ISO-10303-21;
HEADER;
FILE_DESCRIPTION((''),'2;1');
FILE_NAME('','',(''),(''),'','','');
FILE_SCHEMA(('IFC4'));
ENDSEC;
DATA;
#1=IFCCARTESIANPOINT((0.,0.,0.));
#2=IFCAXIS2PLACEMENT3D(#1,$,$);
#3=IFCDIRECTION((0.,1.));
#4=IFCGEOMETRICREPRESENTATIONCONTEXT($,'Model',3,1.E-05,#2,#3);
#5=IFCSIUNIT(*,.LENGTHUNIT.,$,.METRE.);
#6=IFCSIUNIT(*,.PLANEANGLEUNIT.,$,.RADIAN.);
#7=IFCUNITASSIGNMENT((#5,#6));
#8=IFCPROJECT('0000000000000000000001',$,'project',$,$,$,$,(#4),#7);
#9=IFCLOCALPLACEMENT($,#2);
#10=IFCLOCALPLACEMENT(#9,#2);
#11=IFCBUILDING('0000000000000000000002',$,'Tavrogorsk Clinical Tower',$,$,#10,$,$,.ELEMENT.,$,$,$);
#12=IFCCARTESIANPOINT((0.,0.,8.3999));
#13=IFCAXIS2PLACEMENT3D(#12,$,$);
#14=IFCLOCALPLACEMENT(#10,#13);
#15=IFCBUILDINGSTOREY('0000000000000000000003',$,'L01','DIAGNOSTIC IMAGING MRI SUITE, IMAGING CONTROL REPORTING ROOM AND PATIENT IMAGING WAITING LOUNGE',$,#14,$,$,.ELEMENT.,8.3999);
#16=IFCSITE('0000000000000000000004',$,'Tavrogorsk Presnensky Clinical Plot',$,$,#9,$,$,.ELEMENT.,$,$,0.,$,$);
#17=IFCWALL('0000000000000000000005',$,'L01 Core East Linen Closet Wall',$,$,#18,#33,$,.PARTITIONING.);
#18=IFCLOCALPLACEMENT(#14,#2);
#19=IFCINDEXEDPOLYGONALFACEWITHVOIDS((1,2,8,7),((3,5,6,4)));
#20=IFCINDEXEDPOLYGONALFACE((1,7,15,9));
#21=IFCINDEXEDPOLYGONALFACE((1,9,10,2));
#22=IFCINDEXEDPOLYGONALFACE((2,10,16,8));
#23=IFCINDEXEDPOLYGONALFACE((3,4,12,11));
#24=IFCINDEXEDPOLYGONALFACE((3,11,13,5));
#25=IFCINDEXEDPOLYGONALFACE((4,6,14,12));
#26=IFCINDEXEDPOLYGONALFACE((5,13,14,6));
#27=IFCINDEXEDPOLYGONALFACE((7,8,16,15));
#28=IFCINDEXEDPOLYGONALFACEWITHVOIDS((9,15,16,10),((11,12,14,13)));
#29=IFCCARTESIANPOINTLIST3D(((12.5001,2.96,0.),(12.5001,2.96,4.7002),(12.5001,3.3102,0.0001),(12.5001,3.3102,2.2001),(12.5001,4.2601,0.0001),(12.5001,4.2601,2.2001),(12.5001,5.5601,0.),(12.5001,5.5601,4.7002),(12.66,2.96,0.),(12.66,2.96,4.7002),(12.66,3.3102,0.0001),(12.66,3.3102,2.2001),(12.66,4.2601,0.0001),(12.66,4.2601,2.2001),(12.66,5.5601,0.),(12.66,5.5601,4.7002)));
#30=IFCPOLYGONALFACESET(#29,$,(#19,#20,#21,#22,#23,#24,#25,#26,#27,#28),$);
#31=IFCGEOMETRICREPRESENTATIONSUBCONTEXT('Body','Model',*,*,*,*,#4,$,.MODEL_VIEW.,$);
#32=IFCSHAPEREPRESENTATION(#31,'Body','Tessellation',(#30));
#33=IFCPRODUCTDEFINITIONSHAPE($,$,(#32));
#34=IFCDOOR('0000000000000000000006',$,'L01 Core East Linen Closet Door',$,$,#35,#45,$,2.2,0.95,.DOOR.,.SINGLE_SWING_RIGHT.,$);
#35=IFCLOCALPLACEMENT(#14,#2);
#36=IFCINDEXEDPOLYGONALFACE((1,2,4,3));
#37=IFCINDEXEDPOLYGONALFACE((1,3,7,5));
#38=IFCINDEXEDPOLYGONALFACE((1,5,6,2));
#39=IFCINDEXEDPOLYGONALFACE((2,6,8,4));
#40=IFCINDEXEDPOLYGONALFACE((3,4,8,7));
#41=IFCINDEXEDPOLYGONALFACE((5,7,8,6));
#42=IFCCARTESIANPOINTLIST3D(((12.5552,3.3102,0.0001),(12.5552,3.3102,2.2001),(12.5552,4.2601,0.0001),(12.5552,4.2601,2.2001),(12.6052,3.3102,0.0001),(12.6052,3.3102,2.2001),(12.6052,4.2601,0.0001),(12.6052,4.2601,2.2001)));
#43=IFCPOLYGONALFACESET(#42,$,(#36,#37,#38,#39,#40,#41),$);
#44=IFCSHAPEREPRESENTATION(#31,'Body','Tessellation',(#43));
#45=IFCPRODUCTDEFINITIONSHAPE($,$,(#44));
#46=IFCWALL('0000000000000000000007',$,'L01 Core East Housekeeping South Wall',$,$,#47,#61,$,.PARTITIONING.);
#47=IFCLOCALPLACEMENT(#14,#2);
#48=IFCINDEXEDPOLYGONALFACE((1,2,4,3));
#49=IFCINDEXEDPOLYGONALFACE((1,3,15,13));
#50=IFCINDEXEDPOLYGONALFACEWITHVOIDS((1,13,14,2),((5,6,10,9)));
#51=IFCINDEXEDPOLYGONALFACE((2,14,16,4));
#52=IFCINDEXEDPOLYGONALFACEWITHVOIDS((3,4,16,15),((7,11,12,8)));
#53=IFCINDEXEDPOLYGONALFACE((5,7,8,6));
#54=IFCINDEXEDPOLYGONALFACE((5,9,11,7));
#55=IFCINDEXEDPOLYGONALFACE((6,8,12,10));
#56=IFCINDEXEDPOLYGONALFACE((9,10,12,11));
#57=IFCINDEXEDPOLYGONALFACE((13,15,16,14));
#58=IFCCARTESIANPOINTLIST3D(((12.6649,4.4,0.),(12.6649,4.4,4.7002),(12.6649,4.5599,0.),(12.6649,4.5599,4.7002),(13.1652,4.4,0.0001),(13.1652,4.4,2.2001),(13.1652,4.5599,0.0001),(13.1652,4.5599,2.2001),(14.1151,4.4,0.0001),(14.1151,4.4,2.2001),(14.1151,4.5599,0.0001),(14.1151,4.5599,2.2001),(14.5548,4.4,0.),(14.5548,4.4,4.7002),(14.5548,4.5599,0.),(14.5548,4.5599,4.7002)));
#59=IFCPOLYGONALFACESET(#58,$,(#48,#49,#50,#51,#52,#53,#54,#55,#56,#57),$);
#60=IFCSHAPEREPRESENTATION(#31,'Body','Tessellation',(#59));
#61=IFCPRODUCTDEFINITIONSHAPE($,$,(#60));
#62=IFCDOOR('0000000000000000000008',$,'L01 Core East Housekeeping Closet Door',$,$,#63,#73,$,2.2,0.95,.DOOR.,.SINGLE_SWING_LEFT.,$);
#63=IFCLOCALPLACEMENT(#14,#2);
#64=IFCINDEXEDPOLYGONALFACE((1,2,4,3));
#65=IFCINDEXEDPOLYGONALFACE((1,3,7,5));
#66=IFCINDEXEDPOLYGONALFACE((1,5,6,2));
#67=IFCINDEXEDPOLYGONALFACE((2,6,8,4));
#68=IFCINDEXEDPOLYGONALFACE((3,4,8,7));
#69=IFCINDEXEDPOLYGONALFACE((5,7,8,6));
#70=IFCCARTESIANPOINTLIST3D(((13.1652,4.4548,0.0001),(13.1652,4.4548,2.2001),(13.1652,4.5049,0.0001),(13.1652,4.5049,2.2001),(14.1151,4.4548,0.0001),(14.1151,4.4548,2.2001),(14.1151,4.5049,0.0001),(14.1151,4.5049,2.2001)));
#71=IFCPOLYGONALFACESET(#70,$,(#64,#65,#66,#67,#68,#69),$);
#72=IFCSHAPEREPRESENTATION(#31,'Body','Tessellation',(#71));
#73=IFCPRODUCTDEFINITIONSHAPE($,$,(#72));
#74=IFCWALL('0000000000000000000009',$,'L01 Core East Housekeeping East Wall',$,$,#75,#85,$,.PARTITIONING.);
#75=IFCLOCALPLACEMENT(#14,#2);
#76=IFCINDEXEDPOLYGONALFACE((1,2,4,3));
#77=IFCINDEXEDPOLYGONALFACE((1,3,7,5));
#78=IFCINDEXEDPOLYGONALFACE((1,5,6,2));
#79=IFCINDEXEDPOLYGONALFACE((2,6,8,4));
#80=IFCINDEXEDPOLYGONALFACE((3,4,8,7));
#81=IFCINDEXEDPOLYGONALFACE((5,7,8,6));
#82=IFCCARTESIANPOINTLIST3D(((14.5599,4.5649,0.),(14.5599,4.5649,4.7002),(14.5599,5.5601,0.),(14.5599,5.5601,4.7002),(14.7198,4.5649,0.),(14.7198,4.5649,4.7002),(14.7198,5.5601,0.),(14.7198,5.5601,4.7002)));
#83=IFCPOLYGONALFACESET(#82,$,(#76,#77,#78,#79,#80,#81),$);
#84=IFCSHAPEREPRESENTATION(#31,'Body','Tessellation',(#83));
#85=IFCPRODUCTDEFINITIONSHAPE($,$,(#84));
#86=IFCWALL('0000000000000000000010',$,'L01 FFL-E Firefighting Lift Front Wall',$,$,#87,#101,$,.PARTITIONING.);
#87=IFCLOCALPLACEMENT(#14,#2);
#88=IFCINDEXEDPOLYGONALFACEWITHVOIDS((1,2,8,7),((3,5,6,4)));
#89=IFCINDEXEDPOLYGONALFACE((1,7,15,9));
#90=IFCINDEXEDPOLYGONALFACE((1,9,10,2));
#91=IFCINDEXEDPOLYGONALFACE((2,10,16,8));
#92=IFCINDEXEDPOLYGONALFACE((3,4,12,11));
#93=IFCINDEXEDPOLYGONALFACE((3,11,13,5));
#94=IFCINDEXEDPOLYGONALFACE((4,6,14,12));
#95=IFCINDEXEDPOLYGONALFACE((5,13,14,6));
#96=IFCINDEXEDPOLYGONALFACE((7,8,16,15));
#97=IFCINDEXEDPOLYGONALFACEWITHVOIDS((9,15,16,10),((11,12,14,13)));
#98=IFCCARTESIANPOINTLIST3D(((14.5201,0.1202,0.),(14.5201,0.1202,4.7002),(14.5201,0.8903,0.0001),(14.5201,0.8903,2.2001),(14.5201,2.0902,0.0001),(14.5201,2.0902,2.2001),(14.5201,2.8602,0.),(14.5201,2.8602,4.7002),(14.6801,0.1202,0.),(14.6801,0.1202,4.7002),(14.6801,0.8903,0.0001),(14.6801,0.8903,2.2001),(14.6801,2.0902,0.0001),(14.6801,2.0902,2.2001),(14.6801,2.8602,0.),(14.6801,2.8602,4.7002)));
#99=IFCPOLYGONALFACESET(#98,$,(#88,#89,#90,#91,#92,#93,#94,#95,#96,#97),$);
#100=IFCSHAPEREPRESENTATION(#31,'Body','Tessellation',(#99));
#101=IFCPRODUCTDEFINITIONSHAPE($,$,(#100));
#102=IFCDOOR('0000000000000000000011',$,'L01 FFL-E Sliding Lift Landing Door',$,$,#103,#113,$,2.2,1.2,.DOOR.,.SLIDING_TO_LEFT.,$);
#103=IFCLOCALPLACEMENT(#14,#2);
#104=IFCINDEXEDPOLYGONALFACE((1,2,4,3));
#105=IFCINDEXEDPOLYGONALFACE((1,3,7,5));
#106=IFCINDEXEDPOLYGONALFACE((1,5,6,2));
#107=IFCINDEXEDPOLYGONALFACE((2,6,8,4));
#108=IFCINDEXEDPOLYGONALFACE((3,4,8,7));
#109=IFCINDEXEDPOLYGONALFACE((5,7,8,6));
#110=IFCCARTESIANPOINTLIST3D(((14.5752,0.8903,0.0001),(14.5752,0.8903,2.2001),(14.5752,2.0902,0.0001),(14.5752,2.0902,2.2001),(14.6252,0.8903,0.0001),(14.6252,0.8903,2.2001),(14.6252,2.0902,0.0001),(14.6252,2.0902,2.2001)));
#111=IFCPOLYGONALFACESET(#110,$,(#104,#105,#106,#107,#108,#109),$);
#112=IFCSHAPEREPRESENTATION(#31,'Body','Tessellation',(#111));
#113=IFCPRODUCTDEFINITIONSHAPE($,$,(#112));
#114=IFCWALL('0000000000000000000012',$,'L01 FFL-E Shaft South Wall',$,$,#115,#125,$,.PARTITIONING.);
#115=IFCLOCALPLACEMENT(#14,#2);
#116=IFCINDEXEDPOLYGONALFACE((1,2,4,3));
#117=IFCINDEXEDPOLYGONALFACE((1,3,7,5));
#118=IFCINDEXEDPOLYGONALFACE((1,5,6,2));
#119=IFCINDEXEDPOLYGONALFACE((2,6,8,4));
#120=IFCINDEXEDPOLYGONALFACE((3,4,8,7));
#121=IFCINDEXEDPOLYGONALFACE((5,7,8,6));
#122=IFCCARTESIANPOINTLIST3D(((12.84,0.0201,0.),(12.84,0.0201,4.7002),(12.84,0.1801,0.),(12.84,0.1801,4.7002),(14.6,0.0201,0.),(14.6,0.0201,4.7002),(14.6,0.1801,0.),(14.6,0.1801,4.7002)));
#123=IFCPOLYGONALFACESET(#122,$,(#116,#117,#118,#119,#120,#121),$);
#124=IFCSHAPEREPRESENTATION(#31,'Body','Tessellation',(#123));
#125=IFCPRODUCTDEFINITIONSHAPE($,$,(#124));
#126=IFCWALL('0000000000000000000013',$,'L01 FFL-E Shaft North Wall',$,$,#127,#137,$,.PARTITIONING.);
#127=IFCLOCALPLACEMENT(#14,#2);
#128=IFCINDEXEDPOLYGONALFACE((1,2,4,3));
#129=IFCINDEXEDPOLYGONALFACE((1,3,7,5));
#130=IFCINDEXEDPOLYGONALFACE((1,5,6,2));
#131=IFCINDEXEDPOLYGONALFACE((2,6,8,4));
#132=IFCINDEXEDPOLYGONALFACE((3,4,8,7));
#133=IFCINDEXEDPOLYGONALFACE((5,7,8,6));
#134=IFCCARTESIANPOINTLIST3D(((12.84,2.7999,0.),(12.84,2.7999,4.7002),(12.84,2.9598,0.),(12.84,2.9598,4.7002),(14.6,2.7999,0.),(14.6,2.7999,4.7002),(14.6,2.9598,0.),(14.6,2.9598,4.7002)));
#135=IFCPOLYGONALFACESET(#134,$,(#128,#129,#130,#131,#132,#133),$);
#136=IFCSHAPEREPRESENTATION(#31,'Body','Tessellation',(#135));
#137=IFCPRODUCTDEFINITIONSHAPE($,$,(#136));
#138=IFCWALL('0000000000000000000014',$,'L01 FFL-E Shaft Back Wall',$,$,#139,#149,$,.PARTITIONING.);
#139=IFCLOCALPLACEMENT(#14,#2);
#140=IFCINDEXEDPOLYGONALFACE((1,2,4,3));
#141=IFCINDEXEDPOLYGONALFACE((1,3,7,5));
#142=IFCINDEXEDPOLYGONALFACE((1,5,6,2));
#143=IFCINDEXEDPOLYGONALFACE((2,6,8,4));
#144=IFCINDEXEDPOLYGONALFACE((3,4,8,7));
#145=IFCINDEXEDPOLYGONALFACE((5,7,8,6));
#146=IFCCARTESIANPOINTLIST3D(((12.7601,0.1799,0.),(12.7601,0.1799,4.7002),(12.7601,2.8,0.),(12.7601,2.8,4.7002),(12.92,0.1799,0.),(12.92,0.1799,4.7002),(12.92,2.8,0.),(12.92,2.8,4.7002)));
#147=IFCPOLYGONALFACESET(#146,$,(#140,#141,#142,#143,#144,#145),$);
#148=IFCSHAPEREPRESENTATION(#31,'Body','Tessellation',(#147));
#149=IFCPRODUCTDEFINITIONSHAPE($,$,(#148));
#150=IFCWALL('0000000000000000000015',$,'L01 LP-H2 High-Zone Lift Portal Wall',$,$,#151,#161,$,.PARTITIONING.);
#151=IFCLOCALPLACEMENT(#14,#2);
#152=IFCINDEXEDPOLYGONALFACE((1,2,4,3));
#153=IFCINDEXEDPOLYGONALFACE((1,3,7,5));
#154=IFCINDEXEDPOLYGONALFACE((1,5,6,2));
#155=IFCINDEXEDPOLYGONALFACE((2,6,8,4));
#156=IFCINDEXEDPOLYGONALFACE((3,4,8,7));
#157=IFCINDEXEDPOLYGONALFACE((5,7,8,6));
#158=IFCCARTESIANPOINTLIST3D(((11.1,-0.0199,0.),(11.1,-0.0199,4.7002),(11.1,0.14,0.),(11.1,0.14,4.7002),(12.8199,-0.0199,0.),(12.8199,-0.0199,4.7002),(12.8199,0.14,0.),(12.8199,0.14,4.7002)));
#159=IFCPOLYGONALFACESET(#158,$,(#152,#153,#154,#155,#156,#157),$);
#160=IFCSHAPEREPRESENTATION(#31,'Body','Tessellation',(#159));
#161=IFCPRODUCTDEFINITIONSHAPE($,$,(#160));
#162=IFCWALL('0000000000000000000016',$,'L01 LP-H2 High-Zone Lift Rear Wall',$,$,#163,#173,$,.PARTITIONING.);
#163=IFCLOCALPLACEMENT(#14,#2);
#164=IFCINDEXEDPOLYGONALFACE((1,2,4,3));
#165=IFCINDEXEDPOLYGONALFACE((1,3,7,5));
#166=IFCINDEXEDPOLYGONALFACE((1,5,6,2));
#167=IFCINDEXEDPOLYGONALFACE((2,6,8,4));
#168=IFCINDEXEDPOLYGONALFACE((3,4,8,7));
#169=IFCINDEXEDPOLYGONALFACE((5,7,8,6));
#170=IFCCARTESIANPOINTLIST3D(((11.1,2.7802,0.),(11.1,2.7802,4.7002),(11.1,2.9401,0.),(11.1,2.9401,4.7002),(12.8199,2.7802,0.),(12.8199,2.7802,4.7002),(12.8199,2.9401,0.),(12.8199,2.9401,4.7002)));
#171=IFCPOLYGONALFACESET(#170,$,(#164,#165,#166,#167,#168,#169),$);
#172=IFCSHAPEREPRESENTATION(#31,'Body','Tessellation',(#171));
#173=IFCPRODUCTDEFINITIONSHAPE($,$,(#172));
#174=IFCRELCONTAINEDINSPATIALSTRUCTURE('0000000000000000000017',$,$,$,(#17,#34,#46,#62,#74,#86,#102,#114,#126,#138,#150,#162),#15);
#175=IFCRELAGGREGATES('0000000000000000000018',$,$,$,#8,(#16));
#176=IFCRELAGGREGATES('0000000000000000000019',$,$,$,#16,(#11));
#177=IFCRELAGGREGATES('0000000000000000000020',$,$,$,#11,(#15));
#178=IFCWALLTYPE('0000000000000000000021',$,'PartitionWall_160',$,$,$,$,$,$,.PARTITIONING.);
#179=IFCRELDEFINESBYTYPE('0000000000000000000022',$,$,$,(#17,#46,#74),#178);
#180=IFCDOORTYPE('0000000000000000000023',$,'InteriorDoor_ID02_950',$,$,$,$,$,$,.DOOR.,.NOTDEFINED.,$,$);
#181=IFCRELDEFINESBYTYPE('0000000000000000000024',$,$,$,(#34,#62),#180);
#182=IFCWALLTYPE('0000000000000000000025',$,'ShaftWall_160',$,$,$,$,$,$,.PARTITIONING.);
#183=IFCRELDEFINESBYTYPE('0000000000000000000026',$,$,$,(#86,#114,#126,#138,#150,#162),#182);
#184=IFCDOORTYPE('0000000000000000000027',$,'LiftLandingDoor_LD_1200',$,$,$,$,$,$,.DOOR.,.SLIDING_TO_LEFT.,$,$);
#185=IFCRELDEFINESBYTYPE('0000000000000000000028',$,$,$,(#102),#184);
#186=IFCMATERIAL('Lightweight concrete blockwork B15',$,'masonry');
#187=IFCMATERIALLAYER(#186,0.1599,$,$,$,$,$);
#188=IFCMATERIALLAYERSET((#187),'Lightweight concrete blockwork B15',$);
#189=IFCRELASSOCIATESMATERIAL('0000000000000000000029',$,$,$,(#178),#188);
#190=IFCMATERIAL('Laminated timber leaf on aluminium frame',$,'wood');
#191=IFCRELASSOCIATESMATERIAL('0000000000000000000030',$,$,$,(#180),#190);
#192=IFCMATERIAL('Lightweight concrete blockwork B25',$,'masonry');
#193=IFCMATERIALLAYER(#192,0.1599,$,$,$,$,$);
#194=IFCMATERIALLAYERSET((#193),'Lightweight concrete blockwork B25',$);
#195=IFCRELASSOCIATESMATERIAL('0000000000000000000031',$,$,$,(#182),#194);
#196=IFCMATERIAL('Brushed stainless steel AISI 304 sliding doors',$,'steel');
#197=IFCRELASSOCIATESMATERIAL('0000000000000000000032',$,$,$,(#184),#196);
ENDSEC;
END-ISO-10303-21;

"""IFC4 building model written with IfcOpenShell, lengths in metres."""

from ifc_helpers import new_model, si_unit, direction, frame, frame_2d, origin, place, context, subcontext, project, spatial, rectangle, extrude, material, layer, layer_set, type_object, element, fill, save


model = new_model("IFC4")

# Units and contexts
model_context = context("Model", 3, precision=1e-05, world=origin(), true_north=direction((0.0, 1.0)))
body_context = subcontext(model_context, "Body", "Model", "MODEL_VIEW")
ifc_project = project(units=[si_unit("LENGTHUNIT", "METRE"), si_unit("PLANEANGLEUNIT", "RADIAN")], contexts=[model_context])

# Site, building, storey
site_placement = place(None, origin())
site = spatial("IfcSite", under=ifc_project, at=site_placement, Name="Tavrogorsk Presnensky Clinical Plot", CompositionType="ELEMENT", RefElevation=0.0)
building_placement = place(site_placement, origin())
building = spatial("IfcBuilding", under=site, at=building_placement, Name="Tavrogorsk Clinical Tower", CompositionType="ELEMENT")
storey_placement = place(building_placement, frame((0.0, 0.0, 8.3999)))
storey = spatial("IfcBuildingStorey", under=building, at=storey_placement, Name="L01", Description="DIAGNOSTIC IMAGING MRI SUITE, IMAGING CONTROL REPORTING ROOM AND PATIENT IMAGING WAITING LOUNGE", CompositionType="ELEMENT", Elevation=8.3999)

# Walls, openings, doors
ifc_material_1 = material(Name="Lightweight concrete blockwork B15", Category="masonry")
ifc_layer_1 = layer(ifc_material_1, 0.1599)
ifc_layer_set_1 = layer_set([ifc_layer_1], Name="Lightweight concrete blockwork B15")
wall_type_1 = type_object("IfcWallType", Name="PartitionWall_160", PredefinedType="PARTITIONING", material=ifc_layer_set_1)
wall_1_placement = place(storey_placement, frame((12.5801, 2.96, 0.0), z_axis=(0.0, 0.0, 1.0), x_axis=(0.0, 1.0, 0.0)))
wall_1 = element("IfcWall", 1, at=wall_1_placement, inside=storey, type_object=wall_type_1, Name="L01 Core East Linen Closet Wall", PredefinedType="PARTITIONING", context=body_context, shape_type="SweptSolid", body=[
    extrude(rectangle(XDim=2.6001, YDim=0.1599, at=frame_2d((1.3, 0.0))), origin(), (0.0, 0.0, 1.0), 4.7002),
])
opening_1_placement = place(wall_1_placement, frame((0.3501, 0.0, 0.0)))
opening_1 = element("IfcOpeningElement", 2, at=opening_1_placement, cuts=wall_1, PredefinedType="OPENING", context=body_context, shape_type="SweptSolid", body=[
    extrude(rectangle(XDim=0.95, YDim=2.2, at=frame_2d((0.4751, 1.1001))), frame((0.0, 0.0898, 0.0), z_axis=(0.0, -1.0, 0.0), x_axis=(1.0, 0.0, 0.0)), (0.0, 0.0, 1.0), 0.1799),
])
ifc_material_2 = material(Name="Laminated timber leaf on aluminium frame", Category="wood")
door_type_1 = type_object("IfcDoorType", Name="InteriorDoor_ID02_950", OperationType="NOTDEFINED", PredefinedType="DOOR", material=ifc_material_2)
door_1_placement = place(opening_1_placement, origin())
door_1 = element("IfcDoor", 3, at=door_1_placement, inside=storey, type_object=door_type_1, Name="L01 Core East Linen Closet Door", OperationType="SINGLE_SWING_RIGHT", OverallHeight=2.2, OverallWidth=0.95, PredefinedType="DOOR", context=body_context, shape_type="SweptSolid", body=[
    extrude(rectangle(XDim=0.95, YDim=2.2, at=frame_2d((0.4751, 1.1001))), frame((0.0, 0.0249, 0.0), z_axis=(0.0, -1.0, 0.0), x_axis=(1.0, 0.0, 0.0)), (0.0, 0.0, 1.0), 0.05),
])
fill(opening_1, door_1)
wall_2_placement = place(storey_placement, frame((12.665, 4.48, 0.0), z_axis=(0.0, 0.0, 1.0), x_axis=(1.0, 0.0, 0.0)))
wall_2 = element("IfcWall", 4, at=wall_2_placement, inside=storey, type_object=wall_type_1, Name="L01 Core East Housekeeping South Wall", PredefinedType="PARTITIONING", context=body_context, shape_type="SweptSolid", body=[
    extrude(rectangle(XDim=1.8899, YDim=0.1599, at=frame_2d((0.9448, 0.0))), origin(), (0.0, 0.0, 1.0), 4.7002),
])
opening_2_placement = place(wall_2_placement, frame((0.5, 0.0, 0.0)))
opening_2 = element("IfcOpeningElement", 5, at=opening_2_placement, cuts=wall_2, PredefinedType="OPENING", context=body_context, shape_type="SweptSolid", body=[
    extrude(rectangle(XDim=0.95, YDim=2.2, at=frame_2d((0.4751, 1.1001))), frame((0.0, 0.0898, 0.0), z_axis=(0.0, -1.0, 0.0), x_axis=(1.0, 0.0, 0.0)), (0.0, 0.0, 1.0), 0.1799),
])
door_2_placement = place(opening_2_placement, origin())
door_2 = element("IfcDoor", 6, at=door_2_placement, inside=storey, type_object=door_type_1, Name="L01 Core East Housekeeping Closet Door", OperationType="SINGLE_SWING_LEFT", OverallHeight=2.2, OverallWidth=0.95, PredefinedType="DOOR", context=body_context, shape_type="SweptSolid", body=[
    extrude(rectangle(XDim=0.95, YDim=2.2, at=frame_2d((0.4751, 1.1001))), frame((0.0, 0.0249, 0.0), z_axis=(0.0, -1.0, 0.0), x_axis=(1.0, 0.0, 0.0)), (0.0, 0.0, 1.0), 0.05),
])
fill(opening_2, door_2)

# Wall
wall_3_placement = place(storey_placement, frame((14.6399, 4.5649, 0.0), z_axis=(0.0, 0.0, 1.0), x_axis=(0.0, 1.0, 0.0)))
element("IfcWall", 7, at=wall_3_placement, inside=storey, type_object=wall_type_1, Name="L01 Core East Housekeeping East Wall", PredefinedType="PARTITIONING", context=body_context, shape_type="SweptSolid", body=[
    extrude(rectangle(XDim=0.9951, YDim=0.1599, at=frame_2d((0.4976, 0.0))), origin(), (0.0, 0.0, 1.0), 4.7002),
])

# Wall, opening, door
ifc_material_3 = material(Name="Lightweight concrete blockwork B25", Category="masonry")
ifc_layer_2 = layer(ifc_material_3, 0.1599)
ifc_layer_set_2 = layer_set([ifc_layer_2], Name="Lightweight concrete blockwork B25")
wall_type_2 = type_object("IfcWallType", Name="ShaftWall_160", PredefinedType="PARTITIONING", material=ifc_layer_set_2)
wall_4_placement = place(storey_placement, frame((14.6001, 0.1201, 0.0), z_axis=(0.0, 0.0, 1.0), x_axis=(0.0, 1.0, 0.0)))
wall_4 = element("IfcWall", 8, at=wall_4_placement, inside=storey, type_object=wall_type_2, Name="L01 FFL-E Firefighting Lift Front Wall", PredefinedType="PARTITIONING", context=body_context, shape_type="SweptSolid", body=[
    extrude(rectangle(XDim=2.74, YDim=0.1599, at=frame_2d((1.3701, 0.0))), origin(), (0.0, 0.0, 1.0), 4.7002),
])
opening_3_placement = place(wall_4_placement, frame((0.77, 0.0, 0.0)))
opening_3 = element("IfcOpeningElement", 9, at=opening_3_placement, cuts=wall_4, PredefinedType="OPENING", context=body_context, shape_type="SweptSolid", body=[
    extrude(rectangle(XDim=1.2, YDim=2.2, at=frame_2d((0.6001, 1.1001))), frame((0.0, 0.0898, 0.0), z_axis=(0.0, -1.0, 0.0), x_axis=(1.0, 0.0, 0.0)), (0.0, 0.0, 1.0), 0.1799),
])
ifc_material_4 = material(Name="Brushed stainless steel AISI 304 sliding doors", Category="steel")
door_type_2 = type_object("IfcDoorType", Name="LiftLandingDoor_LD_1200", OperationType="SLIDING_TO_LEFT", PredefinedType="DOOR", material=ifc_material_4)
door_3_placement = place(opening_3_placement, origin())
door_3 = element("IfcDoor", 10, at=door_3_placement, inside=storey, type_object=door_type_2, Name="L01 FFL-E Sliding Lift Landing Door", OperationType="SLIDING_TO_LEFT", OverallHeight=2.2, OverallWidth=1.2, PredefinedType="DOOR", context=body_context, shape_type="SweptSolid", body=[
    extrude(rectangle(XDim=1.2, YDim=2.2, at=frame_2d((0.6001, 1.1001))), frame((0.0, 0.0249, 0.0), z_axis=(0.0, -1.0, 0.0), x_axis=(1.0, 0.0, 0.0)), (0.0, 0.0, 1.0), 0.05),
])
fill(opening_3, door_3)

# Walls
for number, where, z_axis, x_axis, name in (
    (11, (12.8401, 0.1001, 0.0), (0.0, 0.0, 1.0), (1.0, 0.0, 0.0), "L01 FFL-E Shaft South Wall"),
    (12, (12.8401, 2.8799, 0.0), (0.0, 0.0, 1.0), (1.0, 0.0, 0.0), "L01 FFL-E Shaft North Wall"),
):
    element("IfcWall", number, at=place(storey_placement, frame(where, z_axis=z_axis, x_axis=x_axis)), inside=storey, type_object=wall_type_2, Name=name, PredefinedType="PARTITIONING", context=body_context, shape_type="SweptSolid", body=[
        extrude(rectangle(XDim=1.76, YDim=0.1599, at=frame_2d((0.8799, 0.0))), origin(), (0.0, 0.0, 1.0), 4.7002),
    ])
wall_5_placement = place(storey_placement, frame((12.8401, 0.1799, 0.0), z_axis=(0.0, 0.0, 1.0), x_axis=(0.0, 1.0, 0.0)))
element("IfcWall", 13, at=wall_5_placement, inside=storey, type_object=wall_type_2, Name="L01 FFL-E Shaft Back Wall", PredefinedType="PARTITIONING", context=body_context, shape_type="SweptSolid", body=[
    extrude(rectangle(XDim=2.6201, YDim=0.1599, at=frame_2d((1.3101, 0.0))), origin(), (0.0, 0.0, 1.0), 4.7002),
])
for number, where, z_axis, x_axis, name in (
    (14, (11.1001, 0.0601, 0.0), (0.0, 0.0, 1.0), (1.0, 0.0, 0.0), "L01 LP-H2 High-Zone Lift Portal Wall"),
    (15, (11.1001, 2.8601, 0.0), (0.0, 0.0, 1.0), (1.0, 0.0, 0.0), "L01 LP-H2 High-Zone Lift Rear Wall"),
):
    element("IfcWall", number, at=place(storey_placement, frame(where, z_axis=z_axis, x_axis=x_axis)), inside=storey, type_object=wall_type_2, Name=name, PredefinedType="PARTITIONING", context=body_context, shape_type="SweptSolid", body=[
        extrude(rectangle(XDim=1.72, YDim=0.1599, at=frame_2d((0.8599, 0.0))), origin(), (0.0, 0.0, 1.0), 4.7002),
    ])

save(model, "model.ifc")
